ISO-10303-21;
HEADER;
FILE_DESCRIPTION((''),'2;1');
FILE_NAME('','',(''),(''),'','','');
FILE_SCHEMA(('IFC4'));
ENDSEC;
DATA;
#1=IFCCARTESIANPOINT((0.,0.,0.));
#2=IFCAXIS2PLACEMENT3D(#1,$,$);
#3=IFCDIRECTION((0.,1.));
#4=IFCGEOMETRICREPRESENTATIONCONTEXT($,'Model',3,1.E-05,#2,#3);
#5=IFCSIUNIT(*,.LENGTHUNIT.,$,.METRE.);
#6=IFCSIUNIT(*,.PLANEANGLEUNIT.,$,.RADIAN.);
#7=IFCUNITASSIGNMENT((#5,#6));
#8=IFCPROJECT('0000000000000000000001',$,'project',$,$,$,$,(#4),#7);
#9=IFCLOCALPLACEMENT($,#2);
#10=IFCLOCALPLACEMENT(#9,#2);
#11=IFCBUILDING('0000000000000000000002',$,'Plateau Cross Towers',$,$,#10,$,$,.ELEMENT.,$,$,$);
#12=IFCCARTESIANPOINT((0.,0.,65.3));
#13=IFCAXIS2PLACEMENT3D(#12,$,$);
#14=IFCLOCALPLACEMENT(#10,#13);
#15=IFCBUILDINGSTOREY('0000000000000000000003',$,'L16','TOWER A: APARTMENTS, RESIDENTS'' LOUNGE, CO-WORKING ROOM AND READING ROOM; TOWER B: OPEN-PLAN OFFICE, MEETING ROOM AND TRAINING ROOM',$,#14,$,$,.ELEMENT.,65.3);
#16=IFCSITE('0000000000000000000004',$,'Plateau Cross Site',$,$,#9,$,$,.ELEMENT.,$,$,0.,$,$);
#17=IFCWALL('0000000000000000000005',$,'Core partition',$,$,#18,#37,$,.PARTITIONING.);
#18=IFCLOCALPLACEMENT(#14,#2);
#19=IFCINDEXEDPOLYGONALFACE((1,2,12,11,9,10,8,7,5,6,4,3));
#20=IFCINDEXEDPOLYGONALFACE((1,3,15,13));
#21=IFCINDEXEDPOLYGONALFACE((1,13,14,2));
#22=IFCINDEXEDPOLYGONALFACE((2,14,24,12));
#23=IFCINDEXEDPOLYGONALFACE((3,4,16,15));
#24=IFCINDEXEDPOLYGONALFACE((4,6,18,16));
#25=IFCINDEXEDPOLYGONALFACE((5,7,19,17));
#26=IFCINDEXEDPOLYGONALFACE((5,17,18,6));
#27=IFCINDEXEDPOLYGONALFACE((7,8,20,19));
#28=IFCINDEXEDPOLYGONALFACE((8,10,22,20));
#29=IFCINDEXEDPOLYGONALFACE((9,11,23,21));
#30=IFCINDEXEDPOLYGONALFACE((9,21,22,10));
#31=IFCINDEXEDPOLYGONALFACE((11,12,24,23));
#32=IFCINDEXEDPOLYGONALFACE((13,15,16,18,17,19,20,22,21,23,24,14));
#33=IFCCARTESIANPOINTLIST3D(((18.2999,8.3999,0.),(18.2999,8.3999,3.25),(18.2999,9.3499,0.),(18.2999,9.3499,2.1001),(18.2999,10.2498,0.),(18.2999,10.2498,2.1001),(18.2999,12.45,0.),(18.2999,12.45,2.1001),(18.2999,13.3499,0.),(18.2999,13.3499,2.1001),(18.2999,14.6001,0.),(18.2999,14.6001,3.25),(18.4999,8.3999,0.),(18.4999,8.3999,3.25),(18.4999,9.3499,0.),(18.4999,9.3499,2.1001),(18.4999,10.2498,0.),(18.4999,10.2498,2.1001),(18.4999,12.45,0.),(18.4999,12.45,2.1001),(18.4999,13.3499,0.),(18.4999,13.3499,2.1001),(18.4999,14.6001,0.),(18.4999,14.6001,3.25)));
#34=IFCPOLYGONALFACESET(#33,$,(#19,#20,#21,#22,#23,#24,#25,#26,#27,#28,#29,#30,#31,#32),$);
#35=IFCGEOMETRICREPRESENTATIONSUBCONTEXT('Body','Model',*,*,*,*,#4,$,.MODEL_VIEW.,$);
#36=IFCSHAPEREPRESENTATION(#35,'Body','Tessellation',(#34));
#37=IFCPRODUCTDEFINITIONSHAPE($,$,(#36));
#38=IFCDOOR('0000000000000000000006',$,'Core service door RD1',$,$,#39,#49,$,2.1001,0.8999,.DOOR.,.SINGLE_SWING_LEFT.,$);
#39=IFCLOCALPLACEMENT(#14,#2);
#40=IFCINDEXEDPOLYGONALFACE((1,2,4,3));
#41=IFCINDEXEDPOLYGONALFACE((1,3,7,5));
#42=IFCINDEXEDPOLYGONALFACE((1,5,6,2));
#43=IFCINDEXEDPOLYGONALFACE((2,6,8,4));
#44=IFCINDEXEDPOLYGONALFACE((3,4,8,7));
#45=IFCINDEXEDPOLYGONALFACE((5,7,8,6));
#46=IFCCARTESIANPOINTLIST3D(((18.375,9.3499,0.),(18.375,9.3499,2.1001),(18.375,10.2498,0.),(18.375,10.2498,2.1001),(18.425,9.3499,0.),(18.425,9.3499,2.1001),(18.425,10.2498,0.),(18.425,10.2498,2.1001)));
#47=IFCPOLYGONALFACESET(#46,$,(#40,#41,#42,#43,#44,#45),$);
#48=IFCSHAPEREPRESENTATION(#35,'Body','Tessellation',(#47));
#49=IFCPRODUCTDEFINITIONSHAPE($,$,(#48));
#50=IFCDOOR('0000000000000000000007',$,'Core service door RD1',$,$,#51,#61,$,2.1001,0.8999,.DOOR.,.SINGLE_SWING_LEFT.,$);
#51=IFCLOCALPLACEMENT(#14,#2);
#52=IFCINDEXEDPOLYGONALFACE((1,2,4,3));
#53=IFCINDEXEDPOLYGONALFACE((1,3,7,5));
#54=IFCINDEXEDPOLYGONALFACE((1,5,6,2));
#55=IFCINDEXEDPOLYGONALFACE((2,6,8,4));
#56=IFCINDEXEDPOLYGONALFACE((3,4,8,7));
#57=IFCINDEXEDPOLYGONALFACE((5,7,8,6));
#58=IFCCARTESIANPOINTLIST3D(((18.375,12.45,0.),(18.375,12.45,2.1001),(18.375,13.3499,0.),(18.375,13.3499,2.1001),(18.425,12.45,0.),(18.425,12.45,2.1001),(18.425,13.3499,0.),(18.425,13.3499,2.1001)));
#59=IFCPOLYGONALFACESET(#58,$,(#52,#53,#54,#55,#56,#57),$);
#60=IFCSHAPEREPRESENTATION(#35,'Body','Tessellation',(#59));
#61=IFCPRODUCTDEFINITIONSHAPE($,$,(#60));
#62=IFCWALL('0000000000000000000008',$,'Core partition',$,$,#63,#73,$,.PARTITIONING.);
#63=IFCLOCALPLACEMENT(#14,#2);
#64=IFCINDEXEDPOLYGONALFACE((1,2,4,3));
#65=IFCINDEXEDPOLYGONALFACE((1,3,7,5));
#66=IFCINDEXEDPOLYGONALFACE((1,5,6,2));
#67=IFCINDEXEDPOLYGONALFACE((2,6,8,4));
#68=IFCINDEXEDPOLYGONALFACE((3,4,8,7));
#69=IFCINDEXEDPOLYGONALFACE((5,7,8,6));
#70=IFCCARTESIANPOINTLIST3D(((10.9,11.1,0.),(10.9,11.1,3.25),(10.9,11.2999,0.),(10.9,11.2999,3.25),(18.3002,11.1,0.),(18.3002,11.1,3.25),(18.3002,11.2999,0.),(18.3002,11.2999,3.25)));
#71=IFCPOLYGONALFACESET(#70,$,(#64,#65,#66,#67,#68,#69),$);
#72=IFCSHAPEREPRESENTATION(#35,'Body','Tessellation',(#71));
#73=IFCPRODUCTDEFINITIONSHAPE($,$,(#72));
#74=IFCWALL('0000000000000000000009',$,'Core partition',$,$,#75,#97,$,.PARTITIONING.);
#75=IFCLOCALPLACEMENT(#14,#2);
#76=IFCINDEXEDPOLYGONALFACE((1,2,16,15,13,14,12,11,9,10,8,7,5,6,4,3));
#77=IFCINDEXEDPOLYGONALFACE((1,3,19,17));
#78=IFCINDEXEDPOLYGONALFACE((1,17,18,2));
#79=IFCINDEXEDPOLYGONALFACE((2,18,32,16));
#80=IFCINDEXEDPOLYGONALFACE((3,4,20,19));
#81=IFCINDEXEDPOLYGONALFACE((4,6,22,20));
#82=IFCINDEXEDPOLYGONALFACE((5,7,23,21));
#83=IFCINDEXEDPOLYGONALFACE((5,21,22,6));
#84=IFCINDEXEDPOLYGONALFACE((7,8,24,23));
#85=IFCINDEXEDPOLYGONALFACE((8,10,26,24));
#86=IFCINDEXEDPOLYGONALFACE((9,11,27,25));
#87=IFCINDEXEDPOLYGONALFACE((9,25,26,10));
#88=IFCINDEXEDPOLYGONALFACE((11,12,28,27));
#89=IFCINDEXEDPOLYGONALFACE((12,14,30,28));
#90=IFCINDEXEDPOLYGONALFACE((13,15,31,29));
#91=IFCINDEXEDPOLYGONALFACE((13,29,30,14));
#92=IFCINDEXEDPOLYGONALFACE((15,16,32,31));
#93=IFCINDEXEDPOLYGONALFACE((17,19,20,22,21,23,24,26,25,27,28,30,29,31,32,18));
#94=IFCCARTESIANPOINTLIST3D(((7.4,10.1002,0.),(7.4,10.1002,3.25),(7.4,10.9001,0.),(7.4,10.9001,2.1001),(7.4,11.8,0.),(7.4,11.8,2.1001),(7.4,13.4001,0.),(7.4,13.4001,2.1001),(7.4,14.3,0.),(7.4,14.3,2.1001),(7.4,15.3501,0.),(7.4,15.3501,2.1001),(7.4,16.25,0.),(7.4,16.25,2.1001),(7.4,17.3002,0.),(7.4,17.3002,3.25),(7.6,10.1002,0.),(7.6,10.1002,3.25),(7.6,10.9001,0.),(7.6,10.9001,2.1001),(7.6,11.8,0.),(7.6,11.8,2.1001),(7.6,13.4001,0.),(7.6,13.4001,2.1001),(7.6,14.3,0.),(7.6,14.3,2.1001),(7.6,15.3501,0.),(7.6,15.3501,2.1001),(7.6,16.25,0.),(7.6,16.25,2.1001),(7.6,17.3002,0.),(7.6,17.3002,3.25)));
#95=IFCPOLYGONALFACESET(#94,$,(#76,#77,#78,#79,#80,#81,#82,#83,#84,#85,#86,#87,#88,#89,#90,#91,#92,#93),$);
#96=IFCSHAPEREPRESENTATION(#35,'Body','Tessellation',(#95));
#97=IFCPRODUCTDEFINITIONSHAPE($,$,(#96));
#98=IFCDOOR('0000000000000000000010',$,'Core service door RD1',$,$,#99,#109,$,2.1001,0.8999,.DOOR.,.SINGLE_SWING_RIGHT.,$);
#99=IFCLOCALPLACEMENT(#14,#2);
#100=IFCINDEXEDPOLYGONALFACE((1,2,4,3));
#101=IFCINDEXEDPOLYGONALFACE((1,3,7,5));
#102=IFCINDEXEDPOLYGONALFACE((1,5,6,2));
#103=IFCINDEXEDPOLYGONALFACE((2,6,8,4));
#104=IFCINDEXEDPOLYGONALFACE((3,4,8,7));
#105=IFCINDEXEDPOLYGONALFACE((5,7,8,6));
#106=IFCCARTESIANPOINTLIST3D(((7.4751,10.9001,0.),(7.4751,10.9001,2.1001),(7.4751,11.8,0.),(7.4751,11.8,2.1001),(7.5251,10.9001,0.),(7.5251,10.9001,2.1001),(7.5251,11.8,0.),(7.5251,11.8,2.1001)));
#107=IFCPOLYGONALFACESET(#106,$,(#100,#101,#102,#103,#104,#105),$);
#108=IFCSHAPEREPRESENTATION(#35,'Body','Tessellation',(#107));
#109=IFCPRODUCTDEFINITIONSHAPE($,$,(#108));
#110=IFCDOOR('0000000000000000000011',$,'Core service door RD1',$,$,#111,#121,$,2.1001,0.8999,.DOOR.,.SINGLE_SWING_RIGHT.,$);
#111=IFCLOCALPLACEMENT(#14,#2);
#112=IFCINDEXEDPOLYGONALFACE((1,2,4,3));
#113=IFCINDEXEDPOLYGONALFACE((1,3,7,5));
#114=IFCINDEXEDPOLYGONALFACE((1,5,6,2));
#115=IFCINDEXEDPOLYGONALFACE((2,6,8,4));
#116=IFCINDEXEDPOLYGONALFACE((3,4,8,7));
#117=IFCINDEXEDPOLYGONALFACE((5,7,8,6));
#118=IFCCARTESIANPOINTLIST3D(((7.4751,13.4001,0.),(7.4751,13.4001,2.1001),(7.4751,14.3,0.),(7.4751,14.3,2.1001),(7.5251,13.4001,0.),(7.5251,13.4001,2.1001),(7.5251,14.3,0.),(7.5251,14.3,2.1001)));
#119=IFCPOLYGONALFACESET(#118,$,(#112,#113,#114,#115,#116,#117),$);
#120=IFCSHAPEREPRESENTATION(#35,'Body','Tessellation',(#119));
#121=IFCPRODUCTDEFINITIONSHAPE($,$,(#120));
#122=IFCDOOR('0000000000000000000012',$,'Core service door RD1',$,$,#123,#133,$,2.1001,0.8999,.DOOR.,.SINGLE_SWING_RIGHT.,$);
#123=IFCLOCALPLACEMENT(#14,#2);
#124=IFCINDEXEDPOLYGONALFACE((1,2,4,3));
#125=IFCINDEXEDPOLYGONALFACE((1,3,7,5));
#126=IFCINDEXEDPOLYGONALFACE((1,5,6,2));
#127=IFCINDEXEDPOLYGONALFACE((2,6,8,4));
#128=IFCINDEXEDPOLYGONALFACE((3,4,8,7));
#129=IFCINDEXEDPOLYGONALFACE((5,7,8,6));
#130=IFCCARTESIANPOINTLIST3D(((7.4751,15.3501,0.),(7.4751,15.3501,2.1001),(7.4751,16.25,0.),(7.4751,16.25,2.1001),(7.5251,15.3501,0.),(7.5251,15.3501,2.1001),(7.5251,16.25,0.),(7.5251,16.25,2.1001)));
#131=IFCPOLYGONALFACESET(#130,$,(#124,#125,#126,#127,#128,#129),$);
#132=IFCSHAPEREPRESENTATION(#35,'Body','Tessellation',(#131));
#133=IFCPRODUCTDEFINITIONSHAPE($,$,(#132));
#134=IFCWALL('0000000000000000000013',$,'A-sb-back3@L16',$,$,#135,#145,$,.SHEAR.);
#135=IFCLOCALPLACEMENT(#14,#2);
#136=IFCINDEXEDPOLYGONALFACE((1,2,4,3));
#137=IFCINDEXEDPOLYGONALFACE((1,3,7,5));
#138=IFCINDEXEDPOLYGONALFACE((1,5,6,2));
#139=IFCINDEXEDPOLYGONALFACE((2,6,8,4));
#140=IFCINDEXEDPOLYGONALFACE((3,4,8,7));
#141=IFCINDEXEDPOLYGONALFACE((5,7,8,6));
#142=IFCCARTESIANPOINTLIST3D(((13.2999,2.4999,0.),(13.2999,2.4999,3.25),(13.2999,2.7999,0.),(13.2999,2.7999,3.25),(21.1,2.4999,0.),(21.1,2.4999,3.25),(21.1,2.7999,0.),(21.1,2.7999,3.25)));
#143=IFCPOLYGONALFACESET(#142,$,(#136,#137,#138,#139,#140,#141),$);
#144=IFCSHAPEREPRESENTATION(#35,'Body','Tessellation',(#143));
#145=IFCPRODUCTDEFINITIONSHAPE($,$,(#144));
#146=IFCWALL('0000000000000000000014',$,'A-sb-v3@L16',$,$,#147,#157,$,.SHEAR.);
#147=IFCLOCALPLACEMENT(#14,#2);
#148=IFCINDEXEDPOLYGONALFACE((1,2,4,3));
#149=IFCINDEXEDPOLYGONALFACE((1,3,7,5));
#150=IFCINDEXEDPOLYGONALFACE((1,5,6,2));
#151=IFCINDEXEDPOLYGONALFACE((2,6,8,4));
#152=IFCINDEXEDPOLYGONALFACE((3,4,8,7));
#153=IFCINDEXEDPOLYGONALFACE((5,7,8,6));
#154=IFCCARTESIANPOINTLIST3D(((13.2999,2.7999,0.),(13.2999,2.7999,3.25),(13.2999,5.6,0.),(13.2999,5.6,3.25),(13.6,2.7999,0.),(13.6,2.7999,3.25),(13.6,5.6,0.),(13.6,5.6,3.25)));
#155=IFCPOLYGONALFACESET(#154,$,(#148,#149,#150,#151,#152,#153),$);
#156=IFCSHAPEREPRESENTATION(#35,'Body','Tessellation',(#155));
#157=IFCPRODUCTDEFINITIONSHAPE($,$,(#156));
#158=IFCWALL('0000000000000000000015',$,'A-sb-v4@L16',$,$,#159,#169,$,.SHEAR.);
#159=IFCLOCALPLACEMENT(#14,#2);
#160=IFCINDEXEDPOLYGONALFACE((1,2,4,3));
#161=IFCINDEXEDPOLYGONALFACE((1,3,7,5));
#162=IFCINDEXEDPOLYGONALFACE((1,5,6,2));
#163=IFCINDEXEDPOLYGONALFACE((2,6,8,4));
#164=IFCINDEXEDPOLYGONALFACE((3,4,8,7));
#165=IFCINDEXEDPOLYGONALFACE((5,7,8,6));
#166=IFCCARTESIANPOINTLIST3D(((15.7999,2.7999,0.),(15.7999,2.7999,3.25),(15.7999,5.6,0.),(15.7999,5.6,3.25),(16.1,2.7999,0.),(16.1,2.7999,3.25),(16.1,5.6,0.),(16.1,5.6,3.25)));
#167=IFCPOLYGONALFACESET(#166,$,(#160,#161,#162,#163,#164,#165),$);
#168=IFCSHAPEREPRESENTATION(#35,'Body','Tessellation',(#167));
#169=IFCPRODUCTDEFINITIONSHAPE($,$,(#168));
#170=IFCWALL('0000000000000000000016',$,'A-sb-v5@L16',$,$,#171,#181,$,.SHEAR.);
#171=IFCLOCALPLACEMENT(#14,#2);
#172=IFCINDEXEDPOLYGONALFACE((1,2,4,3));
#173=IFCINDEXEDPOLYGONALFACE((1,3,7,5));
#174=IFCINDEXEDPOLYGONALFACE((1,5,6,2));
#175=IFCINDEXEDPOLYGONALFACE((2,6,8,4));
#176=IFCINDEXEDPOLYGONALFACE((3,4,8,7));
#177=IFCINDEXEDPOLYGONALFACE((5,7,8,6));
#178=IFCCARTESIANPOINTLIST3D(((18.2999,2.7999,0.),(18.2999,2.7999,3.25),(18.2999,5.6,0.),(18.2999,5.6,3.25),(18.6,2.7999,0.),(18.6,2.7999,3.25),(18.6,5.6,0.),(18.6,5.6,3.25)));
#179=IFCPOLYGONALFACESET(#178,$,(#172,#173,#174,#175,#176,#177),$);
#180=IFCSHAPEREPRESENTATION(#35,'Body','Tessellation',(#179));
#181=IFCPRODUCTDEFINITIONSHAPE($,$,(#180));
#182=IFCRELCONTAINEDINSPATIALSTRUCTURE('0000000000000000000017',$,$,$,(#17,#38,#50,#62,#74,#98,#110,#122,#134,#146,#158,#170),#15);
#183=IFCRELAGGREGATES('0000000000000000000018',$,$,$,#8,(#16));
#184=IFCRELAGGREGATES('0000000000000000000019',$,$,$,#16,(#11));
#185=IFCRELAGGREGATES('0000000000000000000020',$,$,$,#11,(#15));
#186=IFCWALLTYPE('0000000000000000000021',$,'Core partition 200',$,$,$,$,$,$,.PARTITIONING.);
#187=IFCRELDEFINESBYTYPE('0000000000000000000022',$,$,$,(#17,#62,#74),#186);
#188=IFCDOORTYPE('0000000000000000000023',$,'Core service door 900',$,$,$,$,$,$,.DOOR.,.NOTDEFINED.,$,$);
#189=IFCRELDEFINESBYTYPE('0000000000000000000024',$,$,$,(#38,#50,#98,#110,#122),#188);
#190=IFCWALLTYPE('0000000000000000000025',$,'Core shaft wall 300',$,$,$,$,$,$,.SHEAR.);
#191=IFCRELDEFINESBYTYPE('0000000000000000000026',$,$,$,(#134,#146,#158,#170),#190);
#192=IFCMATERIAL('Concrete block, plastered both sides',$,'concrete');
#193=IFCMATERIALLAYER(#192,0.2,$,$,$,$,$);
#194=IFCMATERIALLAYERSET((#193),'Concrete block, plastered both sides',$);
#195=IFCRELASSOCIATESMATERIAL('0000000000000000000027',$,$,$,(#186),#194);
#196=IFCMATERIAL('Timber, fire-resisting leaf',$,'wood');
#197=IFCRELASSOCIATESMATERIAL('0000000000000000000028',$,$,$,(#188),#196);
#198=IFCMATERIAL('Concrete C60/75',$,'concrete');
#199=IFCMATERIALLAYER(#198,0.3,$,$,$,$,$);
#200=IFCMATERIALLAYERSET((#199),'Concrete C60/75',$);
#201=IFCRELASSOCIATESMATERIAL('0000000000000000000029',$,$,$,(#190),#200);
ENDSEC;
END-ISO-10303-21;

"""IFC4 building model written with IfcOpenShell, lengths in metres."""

from ifc_helpers import new_model, si_unit, direction, frame, frame_2d, origin, place, context, subcontext, project, spatial, rectangle, extrude, material, layer, layer_set, type_object, element, fill, save


model = new_model("IFC4")

# Units and contexts
model_context = context("Model", 3, precision=1e-05, world=origin(), true_north=direction((0.0, 1.0)))
body_context = subcontext(model_context, "Body", "Model", "MODEL_VIEW")
ifc_project = project(units=[si_unit("LENGTHUNIT", "METRE"), si_unit("PLANEANGLEUNIT", "RADIAN")], contexts=[model_context])

# Site, building, storey
site_placement = place(None, origin())
site = spatial("IfcSite", under=ifc_project, at=site_placement, Name="Plateau Cross Site", CompositionType="ELEMENT", RefElevation=0.0)
building_placement = place(site_placement, origin())
building = spatial("IfcBuilding", under=site, at=building_placement, Name="Plateau Cross Towers", CompositionType="ELEMENT")
storey_placement = place(building_placement, frame((0.0, 0.0, 65.3)))
storey = spatial("IfcBuildingStorey", under=building, at=storey_placement, Name="L16", Description="TOWER A: APARTMENTS, RESIDENTS' LOUNGE, CO-WORKING ROOM AND READING ROOM; TOWER B: OPEN-PLAN OFFICE, MEETING ROOM AND TRAINING ROOM", CompositionType="ELEMENT", Elevation=65.3)

# Shared definitions
ifc_material_1 = material(Name="Concrete C60/75", Category="concrete")

# Shared definitions
ifc_material_2 = material(Name="Concrete block, plastered both sides", Category="concrete")
ifc_layer_1 = layer(ifc_material_2, 0.2)
ifc_layer_set_1 = layer_set([ifc_layer_1], Name="Concrete block, plastered both sides")
wall_type_1 = type_object("IfcWallType", Name="Core partition 200", PredefinedType="PARTITIONING", material=ifc_layer_set_1)

# Wall, openings, doors
wall_1_placement = place(storey_placement, frame((18.3999, 8.3999, 0.0), z_axis=(0.0, 0.0, 1.0), x_axis=(0.0, 1.0, 0.0)))
wall_1 = element("IfcWall", 1, at=wall_1_placement, inside=storey, type_object=wall_type_1, Name="Core partition", PredefinedType="PARTITIONING", context=body_context, shape_type="SweptSolid", body=[
    extrude(rectangle(XDim=6.2002, YDim=0.2, at=frame_2d((3.1001, 0.0))), origin(), (0.0, 0.0, 1.0), 3.25),
])
opening_1_placement = place(wall_1_placement, frame((0.95, 0.0, 0.0)))
opening_1 = element("IfcOpeningElement", 2, at=opening_1_placement, cuts=wall_1, PredefinedType="OPENING", context=body_context, shape_type="SweptSolid", body=[
    extrude(rectangle(XDim=0.8999, YDim=2.1001, at=frame_2d((0.45, 1.05))), frame((0.0, 0.1099, 0.0), z_axis=(0.0, -1.0, 0.0), x_axis=(1.0, 0.0, 0.0)), (0.0, 0.0, 1.0), 0.22),
])
opening_2_placement = place(wall_1_placement, frame((4.05, 0.0, 0.0)))
opening_2 = element("IfcOpeningElement", 3, at=opening_2_placement, cuts=wall_1, PredefinedType="OPENING", context=body_context, shape_type="SweptSolid", body=[
    extrude(rectangle(XDim=0.8999, YDim=2.1001, at=frame_2d((0.45, 1.05))), frame((0.0, 0.1099, 0.0), z_axis=(0.0, -1.0, 0.0), x_axis=(1.0, 0.0, 0.0)), (0.0, 0.0, 1.0), 0.22),
])
ifc_material_3 = material(Name="Timber, fire-resisting leaf", Category="wood")
door_type = type_object("IfcDoorType", Name="Core service door 900", OperationType="NOTDEFINED", PredefinedType="DOOR", material=ifc_material_3)
door_1_placement = place(opening_1_placement, origin())
door_1 = element("IfcDoor", 4, at=door_1_placement, inside=storey, type_object=door_type, Name="Core service door RD1", OperationType="SINGLE_SWING_LEFT", OverallHeight=2.1001, OverallWidth=0.8999, PredefinedType="DOOR", context=body_context, shape_type="SweptSolid", body=[
    extrude(rectangle(XDim=0.8999, YDim=2.1001, at=frame_2d((0.45, 1.05))), frame((0.0, 0.0249, 0.0), z_axis=(0.0, -1.0, 0.0), x_axis=(1.0, 0.0, 0.0)), (0.0, 0.0, 1.0), 0.05),
])
fill(opening_1, door_1)
door_2_placement = place(opening_2_placement, origin())
door_2 = element("IfcDoor", 5, at=door_2_placement, inside=storey, type_object=door_type, Name="Core service door RD1", OperationType="SINGLE_SWING_LEFT", OverallHeight=2.1001, OverallWidth=0.8999, PredefinedType="DOOR", context=body_context, shape_type="SweptSolid", body=[
    extrude(rectangle(XDim=0.8999, YDim=2.1001, at=frame_2d((0.45, 1.05))), frame((0.0, 0.0249, 0.0), z_axis=(0.0, -1.0, 0.0), x_axis=(1.0, 0.0, 0.0)), (0.0, 0.0, 1.0), 0.05),
])
fill(opening_2, door_2)

# Wall
wall_2_placement = place(storey_placement, frame((10.8999, 11.2, 0.0), z_axis=(0.0, 0.0, 1.0), x_axis=(1.0, 0.0, 0.0)))
element("IfcWall", 6, at=wall_2_placement, inside=storey, type_object=wall_type_1, Name="Core partition", PredefinedType="PARTITIONING", context=body_context, shape_type="SweptSolid", body=[
    extrude(rectangle(XDim=7.4001, YDim=0.2, at=frame_2d((3.7002, 0.0))), origin(), (0.0, 0.0, 1.0), 3.25),
])

# Wall, openings, doors
wall_3_placement = place(storey_placement, frame((7.5, 10.1001, 0.0), z_axis=(0.0, 0.0, 1.0), x_axis=(0.0, 1.0, 0.0)))
wall_3 = element("IfcWall", 7, at=wall_3_placement, inside=storey, type_object=wall_type_1, Name="Core partition", PredefinedType="PARTITIONING", context=body_context, shape_type="SweptSolid", body=[
    extrude(rectangle(XDim=7.2, YDim=0.2, at=frame_2d((3.6001, 0.0))), origin(), (0.0, 0.0, 1.0), 3.25),
])
opening_3_placement = place(wall_3_placement, frame((0.8, 0.0, 0.0)))
opening_3 = element("IfcOpeningElement", 8, at=opening_3_placement, cuts=wall_3, PredefinedType="OPENING", context=body_context, shape_type="SweptSolid", body=[
    extrude(rectangle(XDim=0.8999, YDim=2.1001, at=frame_2d((0.45, 1.05))), frame((0.0, 0.1099, 0.0), z_axis=(0.0, -1.0, 0.0), x_axis=(1.0, 0.0, 0.0)), (0.0, 0.0, 1.0), 0.22),
])
opening_4_placement = place(wall_3_placement, frame((3.3, 0.0, 0.0)))
opening_4 = element("IfcOpeningElement", 9, at=opening_4_placement, cuts=wall_3, PredefinedType="OPENING", context=body_context, shape_type="SweptSolid", body=[
    extrude(rectangle(XDim=0.8999, YDim=2.1001, at=frame_2d((0.45, 1.05))), frame((0.0, 0.1099, 0.0), z_axis=(0.0, -1.0, 0.0), x_axis=(1.0, 0.0, 0.0)), (0.0, 0.0, 1.0), 0.22),
])
opening_5_placement = place(wall_3_placement, frame((5.25, 0.0, 0.0)))
opening_5 = element("IfcOpeningElement", 10, at=opening_5_placement, cuts=wall_3, PredefinedType="OPENING", context=body_context, shape_type="SweptSolid", body=[
    extrude(rectangle(XDim=0.8999, YDim=2.1001, at=frame_2d((0.45, 1.05))), frame((0.0, 0.1099, 0.0), z_axis=(0.0, -1.0, 0.0), x_axis=(1.0, 0.0, 0.0)), (0.0, 0.0, 1.0), 0.22),
])
door_3_placement = place(opening_3_placement, origin())
door_3 = element("IfcDoor", 11, at=door_3_placement, inside=storey, type_object=door_type, Name="Core service door RD1", OperationType="SINGLE_SWING_RIGHT", OverallHeight=2.1001, OverallWidth=0.8999, PredefinedType="DOOR", context=body_context, shape_type="SweptSolid", body=[
    extrude(rectangle(XDim=0.8999, YDim=2.1001, at=frame_2d((0.45, 1.05))), frame((0.0, 0.0249, 0.0), z_axis=(0.0, -1.0, 0.0), x_axis=(1.0, 0.0, 0.0)), (0.0, 0.0, 1.0), 0.05),
])
fill(opening_3, door_3)
door_4_placement = place(opening_4_placement, origin())
door_4 = element("IfcDoor", 12, at=door_4_placement, inside=storey, type_object=door_type, Name="Core service door RD1", OperationType="SINGLE_SWING_RIGHT", OverallHeight=2.1001, OverallWidth=0.8999, PredefinedType="DOOR", context=body_context, shape_type="SweptSolid", body=[
    extrude(rectangle(XDim=0.8999, YDim=2.1001, at=frame_2d((0.45, 1.05))), frame((0.0, 0.0249, 0.0), z_axis=(0.0, -1.0, 0.0), x_axis=(1.0, 0.0, 0.0)), (0.0, 0.0, 1.0), 0.05),
])
fill(opening_4, door_4)
door_5_placement = place(opening_5_placement, origin())
door_5 = element("IfcDoor", 13, at=door_5_placement, inside=storey, type_object=door_type, Name="Core service door RD1", OperationType="SINGLE_SWING_RIGHT", OverallHeight=2.1001, OverallWidth=0.8999, PredefinedType="DOOR", context=body_context, shape_type="SweptSolid", body=[
    extrude(rectangle(XDim=0.8999, YDim=2.1001, at=frame_2d((0.45, 1.05))), frame((0.0, 0.0249, 0.0), z_axis=(0.0, -1.0, 0.0), x_axis=(1.0, 0.0, 0.0)), (0.0, 0.0, 1.0), 0.05),
])
fill(opening_5, door_5)

# Walls
ifc_layer_2 = layer(ifc_material_1, 0.3)
ifc_layer_set_2 = layer_set([ifc_layer_2], Name="Concrete C60/75")
wall_type_2 = type_object("IfcWallType", Name="Core shaft wall 300", PredefinedType="SHEAR", material=ifc_layer_set_2)
wall_4_placement = place(storey_placement, frame((13.3, 2.6499, 0.0), z_axis=(0.0, 0.0, 1.0), x_axis=(1.0, 0.0, 0.0)))
element("IfcWall", 14, at=wall_4_placement, inside=storey, type_object=wall_type_2, Name="A-sb-back3@L16", PredefinedType="SHEAR", context=body_context, shape_type="SweptSolid", body=[
    extrude(rectangle(XDim=7.8, YDim=0.3, at=frame_2d((3.8999, 0.0))), origin(), (0.0, 0.0, 1.0), 3.25),
])
for number, where, z_axis, x_axis, name in (
    (15, (13.45, 2.8, 0.0), (0.0, 0.0, 1.0), (0.0, 1.0, 0.0), "A-sb-v3@L16"),
    (16, (15.95, 2.8, 0.0), (0.0, 0.0, 1.0), (0.0, 1.0, 0.0), "A-sb-v4@L16"),
    (17, (18.45, 2.8, 0.0), (0.0, 0.0, 1.0), (0.0, 1.0, 0.0), "A-sb-v5@L16"),
):
    element("IfcWall", number, at=place(storey_placement, frame(where, z_axis=z_axis, x_axis=x_axis)), inside=storey, type_object=wall_type_2, Name=name, PredefinedType="SHEAR", context=body_context, shape_type="SweptSolid", body=[
        extrude(rectangle(XDim=2.8, YDim=0.3, at=frame_2d((1.3999, 0.0))), origin(), (0.0, 0.0, 1.0), 3.25),
    ])

save(model, "model.ifc")
